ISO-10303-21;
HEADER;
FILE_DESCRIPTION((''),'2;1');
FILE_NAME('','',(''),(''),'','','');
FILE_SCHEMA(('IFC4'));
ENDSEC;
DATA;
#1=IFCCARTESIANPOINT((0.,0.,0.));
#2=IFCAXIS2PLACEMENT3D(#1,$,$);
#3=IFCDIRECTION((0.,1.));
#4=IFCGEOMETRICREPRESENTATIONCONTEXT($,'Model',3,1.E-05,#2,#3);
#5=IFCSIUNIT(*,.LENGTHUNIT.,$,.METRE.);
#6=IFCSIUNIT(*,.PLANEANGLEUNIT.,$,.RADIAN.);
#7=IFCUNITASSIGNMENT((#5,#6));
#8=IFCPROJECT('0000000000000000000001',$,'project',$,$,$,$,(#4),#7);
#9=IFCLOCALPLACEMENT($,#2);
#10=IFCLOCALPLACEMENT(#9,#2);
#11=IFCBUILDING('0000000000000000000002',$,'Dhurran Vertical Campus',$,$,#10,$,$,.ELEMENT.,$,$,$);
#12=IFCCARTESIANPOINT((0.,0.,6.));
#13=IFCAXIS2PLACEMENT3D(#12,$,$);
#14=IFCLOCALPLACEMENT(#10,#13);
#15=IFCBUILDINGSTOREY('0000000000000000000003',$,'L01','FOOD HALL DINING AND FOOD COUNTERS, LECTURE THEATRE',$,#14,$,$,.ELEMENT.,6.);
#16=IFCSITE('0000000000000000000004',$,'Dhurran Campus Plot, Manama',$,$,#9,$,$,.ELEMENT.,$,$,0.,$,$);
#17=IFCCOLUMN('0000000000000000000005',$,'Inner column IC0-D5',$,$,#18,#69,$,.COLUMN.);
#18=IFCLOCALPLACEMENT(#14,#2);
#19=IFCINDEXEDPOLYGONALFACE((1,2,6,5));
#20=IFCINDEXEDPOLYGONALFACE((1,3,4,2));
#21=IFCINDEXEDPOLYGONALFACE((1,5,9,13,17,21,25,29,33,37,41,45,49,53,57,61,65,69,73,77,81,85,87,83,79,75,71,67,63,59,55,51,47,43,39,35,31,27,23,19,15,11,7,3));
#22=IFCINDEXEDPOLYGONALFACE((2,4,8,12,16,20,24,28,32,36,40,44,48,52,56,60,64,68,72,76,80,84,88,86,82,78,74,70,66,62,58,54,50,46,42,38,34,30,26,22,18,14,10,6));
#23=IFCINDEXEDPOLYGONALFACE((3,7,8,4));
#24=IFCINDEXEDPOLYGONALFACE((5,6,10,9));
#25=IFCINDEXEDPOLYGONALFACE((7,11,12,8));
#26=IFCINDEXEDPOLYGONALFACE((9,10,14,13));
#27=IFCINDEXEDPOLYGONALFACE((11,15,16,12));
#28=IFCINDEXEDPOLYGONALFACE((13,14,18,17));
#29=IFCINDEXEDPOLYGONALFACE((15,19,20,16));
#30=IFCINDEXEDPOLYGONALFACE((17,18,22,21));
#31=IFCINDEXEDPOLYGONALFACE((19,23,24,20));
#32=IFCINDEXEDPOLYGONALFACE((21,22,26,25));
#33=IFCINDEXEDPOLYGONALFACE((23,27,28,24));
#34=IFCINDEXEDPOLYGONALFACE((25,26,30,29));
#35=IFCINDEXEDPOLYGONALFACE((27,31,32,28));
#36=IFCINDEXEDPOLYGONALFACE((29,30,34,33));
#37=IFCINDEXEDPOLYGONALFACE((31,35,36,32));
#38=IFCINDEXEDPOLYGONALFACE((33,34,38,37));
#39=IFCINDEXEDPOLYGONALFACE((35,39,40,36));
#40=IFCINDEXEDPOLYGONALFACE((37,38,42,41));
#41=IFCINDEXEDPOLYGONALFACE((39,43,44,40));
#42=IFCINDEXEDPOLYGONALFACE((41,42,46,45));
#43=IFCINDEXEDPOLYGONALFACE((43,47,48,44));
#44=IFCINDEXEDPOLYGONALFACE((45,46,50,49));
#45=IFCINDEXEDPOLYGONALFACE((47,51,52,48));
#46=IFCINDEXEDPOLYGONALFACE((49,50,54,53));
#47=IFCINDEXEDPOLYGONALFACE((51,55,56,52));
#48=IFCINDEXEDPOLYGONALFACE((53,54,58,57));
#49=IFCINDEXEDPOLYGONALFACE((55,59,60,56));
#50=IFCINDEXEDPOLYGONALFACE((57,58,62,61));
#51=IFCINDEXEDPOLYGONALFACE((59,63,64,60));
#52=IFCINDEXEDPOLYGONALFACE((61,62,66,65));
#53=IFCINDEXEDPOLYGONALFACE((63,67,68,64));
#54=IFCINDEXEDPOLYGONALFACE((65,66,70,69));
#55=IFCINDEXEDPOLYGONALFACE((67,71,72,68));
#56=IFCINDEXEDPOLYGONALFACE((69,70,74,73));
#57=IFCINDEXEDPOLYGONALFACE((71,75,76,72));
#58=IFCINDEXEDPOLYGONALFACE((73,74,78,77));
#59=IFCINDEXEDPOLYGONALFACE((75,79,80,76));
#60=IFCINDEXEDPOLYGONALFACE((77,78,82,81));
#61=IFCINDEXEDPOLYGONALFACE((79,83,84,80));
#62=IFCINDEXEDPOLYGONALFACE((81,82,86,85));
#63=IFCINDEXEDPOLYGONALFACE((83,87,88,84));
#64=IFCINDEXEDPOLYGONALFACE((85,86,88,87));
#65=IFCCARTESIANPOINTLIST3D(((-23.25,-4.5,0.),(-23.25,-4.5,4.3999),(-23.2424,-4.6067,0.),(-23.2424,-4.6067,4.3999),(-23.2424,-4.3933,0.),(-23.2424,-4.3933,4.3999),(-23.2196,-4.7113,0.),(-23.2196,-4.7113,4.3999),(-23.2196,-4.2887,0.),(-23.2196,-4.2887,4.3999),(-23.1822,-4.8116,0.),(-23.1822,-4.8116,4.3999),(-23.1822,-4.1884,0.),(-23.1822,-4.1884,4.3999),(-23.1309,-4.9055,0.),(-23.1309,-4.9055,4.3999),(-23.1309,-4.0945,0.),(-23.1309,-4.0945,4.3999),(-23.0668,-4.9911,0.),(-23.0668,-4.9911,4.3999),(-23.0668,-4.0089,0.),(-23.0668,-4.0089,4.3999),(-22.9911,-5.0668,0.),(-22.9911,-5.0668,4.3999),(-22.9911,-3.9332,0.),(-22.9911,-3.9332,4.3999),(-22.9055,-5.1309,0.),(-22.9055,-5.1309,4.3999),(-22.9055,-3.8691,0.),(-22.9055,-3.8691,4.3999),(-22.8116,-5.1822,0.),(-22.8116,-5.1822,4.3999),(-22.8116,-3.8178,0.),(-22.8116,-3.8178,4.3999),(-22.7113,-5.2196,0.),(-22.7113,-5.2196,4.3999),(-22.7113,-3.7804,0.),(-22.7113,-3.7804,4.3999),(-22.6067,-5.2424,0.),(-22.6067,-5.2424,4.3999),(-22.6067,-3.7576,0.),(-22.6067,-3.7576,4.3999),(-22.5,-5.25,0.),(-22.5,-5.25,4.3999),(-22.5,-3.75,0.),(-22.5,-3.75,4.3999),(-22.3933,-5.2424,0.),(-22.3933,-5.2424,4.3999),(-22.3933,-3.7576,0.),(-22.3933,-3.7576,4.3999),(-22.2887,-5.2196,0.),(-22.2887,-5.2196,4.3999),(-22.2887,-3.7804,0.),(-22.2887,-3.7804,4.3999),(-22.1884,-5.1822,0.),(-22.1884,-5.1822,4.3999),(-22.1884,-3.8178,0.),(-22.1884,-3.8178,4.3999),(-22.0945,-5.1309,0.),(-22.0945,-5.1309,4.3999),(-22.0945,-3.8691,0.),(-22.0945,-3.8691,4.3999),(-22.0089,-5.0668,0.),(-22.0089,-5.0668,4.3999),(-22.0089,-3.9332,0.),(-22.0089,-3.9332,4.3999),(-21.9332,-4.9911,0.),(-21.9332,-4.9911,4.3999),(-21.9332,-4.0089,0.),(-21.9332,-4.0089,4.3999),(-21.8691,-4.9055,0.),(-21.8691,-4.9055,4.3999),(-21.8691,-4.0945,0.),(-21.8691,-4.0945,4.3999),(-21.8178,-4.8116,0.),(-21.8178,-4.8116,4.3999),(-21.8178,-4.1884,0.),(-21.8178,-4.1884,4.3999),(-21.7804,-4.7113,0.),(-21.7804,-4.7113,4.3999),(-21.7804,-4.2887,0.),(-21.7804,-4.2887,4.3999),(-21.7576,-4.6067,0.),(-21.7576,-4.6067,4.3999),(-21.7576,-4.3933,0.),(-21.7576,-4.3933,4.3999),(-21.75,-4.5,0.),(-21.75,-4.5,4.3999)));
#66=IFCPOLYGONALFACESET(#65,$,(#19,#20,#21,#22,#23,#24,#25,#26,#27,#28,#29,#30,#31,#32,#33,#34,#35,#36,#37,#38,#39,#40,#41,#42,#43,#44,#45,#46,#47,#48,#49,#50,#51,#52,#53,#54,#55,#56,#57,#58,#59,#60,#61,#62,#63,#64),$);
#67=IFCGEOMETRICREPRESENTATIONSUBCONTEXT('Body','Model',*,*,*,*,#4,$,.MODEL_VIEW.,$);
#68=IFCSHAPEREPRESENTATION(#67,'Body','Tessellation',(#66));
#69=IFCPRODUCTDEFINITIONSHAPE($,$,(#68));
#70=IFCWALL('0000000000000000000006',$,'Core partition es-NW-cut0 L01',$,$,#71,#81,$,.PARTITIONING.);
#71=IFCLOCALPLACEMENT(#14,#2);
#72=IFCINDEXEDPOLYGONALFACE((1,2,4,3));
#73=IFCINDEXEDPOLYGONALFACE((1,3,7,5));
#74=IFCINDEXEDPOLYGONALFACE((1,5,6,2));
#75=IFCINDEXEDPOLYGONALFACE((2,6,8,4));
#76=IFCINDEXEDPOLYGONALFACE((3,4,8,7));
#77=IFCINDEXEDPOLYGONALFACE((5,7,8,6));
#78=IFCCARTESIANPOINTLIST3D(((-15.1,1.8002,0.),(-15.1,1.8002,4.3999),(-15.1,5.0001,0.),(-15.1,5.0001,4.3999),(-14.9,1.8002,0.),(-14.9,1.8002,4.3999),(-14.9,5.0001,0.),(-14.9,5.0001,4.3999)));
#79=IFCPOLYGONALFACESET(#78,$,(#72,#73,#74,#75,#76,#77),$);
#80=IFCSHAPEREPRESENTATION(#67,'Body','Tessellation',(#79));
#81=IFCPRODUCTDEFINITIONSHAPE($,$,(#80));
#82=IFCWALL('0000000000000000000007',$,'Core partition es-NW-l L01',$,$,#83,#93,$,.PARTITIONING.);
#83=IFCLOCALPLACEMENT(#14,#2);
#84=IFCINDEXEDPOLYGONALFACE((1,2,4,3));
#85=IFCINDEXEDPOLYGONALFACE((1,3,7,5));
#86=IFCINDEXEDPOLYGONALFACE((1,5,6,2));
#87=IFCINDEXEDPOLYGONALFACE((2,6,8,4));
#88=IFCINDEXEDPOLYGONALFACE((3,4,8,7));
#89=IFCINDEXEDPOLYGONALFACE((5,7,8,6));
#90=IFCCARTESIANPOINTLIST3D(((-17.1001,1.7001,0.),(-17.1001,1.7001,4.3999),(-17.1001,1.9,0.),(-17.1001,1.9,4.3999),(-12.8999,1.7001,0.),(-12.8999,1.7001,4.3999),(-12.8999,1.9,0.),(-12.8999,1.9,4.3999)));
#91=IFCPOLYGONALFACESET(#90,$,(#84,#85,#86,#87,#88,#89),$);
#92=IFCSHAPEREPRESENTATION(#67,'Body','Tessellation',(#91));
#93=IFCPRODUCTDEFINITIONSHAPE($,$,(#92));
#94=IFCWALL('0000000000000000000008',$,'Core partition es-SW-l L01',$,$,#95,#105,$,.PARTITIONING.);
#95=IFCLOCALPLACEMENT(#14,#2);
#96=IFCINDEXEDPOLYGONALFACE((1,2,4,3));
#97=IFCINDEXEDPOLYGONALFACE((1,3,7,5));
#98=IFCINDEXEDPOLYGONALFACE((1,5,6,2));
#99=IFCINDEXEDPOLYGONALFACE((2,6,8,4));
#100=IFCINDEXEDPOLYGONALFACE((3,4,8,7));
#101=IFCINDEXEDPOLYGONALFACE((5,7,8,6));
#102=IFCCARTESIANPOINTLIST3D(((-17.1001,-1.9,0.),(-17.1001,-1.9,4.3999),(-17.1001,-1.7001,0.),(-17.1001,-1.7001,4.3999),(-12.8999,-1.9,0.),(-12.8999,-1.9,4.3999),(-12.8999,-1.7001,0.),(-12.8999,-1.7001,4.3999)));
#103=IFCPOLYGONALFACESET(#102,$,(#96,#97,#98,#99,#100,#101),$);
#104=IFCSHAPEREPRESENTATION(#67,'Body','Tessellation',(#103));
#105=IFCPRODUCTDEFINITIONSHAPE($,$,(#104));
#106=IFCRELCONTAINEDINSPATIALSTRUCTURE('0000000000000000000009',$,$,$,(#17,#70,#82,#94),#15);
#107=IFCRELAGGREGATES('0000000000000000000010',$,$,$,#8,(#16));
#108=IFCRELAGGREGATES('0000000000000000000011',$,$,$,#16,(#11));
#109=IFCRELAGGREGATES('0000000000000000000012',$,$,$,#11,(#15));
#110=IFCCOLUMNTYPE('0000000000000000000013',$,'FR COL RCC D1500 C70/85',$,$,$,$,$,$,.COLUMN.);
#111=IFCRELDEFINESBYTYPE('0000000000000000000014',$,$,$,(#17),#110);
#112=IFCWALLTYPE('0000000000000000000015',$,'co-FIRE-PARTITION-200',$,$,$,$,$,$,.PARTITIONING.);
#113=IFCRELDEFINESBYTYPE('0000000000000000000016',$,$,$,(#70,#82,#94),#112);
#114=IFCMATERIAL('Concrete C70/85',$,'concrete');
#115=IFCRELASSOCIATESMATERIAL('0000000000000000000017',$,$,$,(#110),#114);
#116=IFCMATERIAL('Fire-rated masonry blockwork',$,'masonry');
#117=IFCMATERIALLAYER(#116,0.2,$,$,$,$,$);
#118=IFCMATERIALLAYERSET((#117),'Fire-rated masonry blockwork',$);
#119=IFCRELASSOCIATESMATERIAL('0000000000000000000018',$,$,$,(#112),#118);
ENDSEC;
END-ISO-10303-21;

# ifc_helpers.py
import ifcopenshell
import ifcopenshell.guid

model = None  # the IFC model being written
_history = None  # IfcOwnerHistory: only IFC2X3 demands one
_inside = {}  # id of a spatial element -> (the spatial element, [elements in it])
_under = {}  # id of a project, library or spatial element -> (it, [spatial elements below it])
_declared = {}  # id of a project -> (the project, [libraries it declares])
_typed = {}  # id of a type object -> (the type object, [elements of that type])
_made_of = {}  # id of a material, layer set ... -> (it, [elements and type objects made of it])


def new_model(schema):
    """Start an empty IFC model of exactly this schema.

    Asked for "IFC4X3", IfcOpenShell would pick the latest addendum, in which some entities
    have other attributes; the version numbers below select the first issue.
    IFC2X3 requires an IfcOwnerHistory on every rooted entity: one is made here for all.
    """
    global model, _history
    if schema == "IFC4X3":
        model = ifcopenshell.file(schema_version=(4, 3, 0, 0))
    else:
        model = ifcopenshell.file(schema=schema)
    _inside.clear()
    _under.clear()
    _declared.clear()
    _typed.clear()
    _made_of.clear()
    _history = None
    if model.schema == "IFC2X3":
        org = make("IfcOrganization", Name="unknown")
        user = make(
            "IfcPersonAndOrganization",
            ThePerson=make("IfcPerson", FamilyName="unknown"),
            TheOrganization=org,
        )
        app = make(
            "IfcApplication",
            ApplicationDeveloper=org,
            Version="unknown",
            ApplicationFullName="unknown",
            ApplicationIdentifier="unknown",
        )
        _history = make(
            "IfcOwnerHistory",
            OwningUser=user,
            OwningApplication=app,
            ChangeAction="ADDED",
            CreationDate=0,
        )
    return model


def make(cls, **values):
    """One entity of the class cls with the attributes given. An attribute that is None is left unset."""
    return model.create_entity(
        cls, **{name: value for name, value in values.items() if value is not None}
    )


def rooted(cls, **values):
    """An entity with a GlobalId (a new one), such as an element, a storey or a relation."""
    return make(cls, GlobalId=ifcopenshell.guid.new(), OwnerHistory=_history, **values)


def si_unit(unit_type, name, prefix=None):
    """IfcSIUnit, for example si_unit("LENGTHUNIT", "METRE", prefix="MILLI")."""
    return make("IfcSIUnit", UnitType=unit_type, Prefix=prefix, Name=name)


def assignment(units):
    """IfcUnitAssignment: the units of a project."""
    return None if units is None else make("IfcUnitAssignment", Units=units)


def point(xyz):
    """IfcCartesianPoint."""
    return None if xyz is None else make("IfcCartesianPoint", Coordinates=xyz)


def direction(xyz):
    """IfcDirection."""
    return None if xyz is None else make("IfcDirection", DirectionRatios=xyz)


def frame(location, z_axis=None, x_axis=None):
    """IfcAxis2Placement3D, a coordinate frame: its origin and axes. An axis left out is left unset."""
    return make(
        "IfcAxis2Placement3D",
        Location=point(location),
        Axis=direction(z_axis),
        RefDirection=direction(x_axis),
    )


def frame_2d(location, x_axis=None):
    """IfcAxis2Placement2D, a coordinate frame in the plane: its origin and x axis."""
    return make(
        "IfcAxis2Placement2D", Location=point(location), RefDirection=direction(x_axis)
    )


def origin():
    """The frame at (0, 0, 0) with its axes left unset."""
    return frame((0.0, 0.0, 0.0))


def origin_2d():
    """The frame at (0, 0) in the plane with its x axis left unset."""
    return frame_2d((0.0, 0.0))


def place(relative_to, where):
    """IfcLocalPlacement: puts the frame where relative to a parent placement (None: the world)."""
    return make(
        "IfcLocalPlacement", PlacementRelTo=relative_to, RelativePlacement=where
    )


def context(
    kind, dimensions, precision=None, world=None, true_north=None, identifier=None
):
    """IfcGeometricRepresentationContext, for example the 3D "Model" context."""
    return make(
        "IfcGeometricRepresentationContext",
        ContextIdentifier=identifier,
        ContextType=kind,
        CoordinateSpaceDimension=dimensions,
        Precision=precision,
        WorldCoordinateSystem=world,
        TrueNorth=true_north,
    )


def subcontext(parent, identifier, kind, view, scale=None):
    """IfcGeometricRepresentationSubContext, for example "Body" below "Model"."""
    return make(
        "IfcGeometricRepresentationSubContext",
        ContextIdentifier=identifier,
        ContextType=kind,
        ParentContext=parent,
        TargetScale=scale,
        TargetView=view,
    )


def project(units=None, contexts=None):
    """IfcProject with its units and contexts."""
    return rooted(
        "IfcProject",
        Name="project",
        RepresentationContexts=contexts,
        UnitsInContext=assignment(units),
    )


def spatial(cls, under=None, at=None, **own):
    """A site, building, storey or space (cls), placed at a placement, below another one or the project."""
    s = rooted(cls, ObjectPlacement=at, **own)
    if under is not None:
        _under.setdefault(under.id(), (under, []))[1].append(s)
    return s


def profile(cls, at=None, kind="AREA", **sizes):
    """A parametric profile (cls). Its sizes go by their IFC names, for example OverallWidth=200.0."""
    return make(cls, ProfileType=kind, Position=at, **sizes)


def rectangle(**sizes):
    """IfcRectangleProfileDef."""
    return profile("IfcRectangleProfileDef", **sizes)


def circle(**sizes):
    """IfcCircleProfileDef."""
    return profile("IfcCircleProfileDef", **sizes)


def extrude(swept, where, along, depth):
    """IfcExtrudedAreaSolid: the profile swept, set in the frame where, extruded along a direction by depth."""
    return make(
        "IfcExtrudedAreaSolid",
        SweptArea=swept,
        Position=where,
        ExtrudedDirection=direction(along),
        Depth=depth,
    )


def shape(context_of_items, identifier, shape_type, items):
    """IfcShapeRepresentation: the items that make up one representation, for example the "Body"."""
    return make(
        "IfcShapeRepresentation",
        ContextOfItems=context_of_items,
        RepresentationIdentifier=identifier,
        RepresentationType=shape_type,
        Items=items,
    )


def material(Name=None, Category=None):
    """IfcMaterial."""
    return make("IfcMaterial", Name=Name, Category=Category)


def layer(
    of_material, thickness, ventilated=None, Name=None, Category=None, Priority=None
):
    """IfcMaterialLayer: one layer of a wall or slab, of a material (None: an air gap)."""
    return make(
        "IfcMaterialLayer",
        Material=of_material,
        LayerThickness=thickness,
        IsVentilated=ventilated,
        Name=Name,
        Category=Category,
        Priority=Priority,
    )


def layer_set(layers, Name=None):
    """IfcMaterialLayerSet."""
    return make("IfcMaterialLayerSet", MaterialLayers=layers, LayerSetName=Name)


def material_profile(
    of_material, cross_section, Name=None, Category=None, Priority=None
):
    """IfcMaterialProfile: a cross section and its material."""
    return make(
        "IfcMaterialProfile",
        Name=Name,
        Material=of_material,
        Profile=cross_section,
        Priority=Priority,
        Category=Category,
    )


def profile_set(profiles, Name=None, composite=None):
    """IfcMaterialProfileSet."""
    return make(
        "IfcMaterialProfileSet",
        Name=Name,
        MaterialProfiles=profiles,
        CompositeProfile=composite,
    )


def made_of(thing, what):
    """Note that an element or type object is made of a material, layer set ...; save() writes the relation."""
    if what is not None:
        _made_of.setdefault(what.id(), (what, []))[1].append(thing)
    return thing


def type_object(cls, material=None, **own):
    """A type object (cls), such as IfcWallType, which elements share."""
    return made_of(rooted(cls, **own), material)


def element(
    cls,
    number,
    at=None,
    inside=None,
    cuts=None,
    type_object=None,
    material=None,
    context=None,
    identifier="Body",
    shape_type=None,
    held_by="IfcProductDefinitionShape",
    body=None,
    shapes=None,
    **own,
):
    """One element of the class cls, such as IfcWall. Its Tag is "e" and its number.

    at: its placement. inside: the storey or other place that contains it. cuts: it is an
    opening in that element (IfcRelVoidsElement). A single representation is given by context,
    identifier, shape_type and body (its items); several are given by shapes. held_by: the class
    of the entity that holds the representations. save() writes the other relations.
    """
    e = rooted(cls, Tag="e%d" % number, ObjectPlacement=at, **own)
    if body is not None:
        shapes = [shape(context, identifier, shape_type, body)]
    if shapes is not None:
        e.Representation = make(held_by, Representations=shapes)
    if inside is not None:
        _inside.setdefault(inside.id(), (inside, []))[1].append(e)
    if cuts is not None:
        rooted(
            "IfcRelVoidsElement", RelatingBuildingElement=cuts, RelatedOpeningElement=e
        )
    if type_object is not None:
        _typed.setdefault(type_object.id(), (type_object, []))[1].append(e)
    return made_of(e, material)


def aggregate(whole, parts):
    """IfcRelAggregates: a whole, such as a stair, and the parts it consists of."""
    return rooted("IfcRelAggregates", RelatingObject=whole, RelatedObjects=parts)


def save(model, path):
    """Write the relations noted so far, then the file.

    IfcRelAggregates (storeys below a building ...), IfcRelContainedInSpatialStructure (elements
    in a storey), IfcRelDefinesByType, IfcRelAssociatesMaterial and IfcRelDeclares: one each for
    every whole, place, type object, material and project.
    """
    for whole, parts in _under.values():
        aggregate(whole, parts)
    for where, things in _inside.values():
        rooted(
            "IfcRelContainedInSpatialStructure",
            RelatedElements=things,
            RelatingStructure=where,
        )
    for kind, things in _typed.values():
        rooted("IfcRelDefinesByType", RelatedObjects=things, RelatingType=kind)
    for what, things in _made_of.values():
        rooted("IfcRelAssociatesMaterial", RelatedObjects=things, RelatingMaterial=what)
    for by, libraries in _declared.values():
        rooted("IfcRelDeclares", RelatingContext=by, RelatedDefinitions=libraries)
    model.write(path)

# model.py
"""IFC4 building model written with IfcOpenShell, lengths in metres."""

from ifc_helpers import new_model, si_unit, direction, frame, frame_2d, origin, origin_2d, place, context, subcontext, project, spatial, rectangle, circle, extrude, material, layer, layer_set, material_profile, profile_set, type_object, element, save


model = new_model("IFC4")

# Units and contexts
model_context = context("Model", 3, precision=1e-05, world=origin(), true_north=direction((0.0, 1.0)))
body_context = subcontext(model_context, "Body", "Model", "MODEL_VIEW")
ifc_project = project(units=[si_unit("LENGTHUNIT", "METRE"), si_unit("PLANEANGLEUNIT", "RADIAN")], contexts=[model_context])

# Site, building, storey
site_placement = place(None, origin())
site = spatial("IfcSite", under=ifc_project, at=site_placement, Name="Dhurran Campus Plot, Manama", CompositionType="ELEMENT", RefElevation=0.0)
building_placement = place(site_placement, origin())
building = spatial("IfcBuilding", under=site, at=building_placement, Name="Dhurran Vertical Campus", CompositionType="ELEMENT")
storey_placement = place(building_placement, frame((0.0, 0.0, 6.0)))
storey = spatial("IfcBuildingStorey", under=building, at=storey_placement, Name="L01", Description="FOOD HALL DINING AND FOOD COUNTERS, LECTURE THEATRE", CompositionType="ELEMENT", Elevation=6.0)

# Column
ifc_material_1 = material(Name="Concrete C70/85", Category="concrete")
ifc_material_profile = material_profile(ifc_material_1, circle(Radius=0.75, at=origin_2d()), Name="RCC D1500")
ifc_profile_set = profile_set([ifc_material_profile], Name="Concrete C70/85")
column_type = type_object("IfcColumnType", Name="FR COL RCC D1500 C70/85", PredefinedType="COLUMN", material=ifc_profile_set)
column_placement = place(storey_placement, frame((-22.5, -4.5, 0.0), z_axis=(0.0, 0.0, 1.0), x_axis=(1.0, 0.0, 0.0)))
element("IfcColumn", 1, at=column_placement, inside=storey, type_object=column_type, Name="Inner column IC0-D5", PredefinedType="COLUMN", context=body_context, shape_type="SweptSolid", body=[
    extrude(circle(Radius=0.75, at=origin_2d()), origin(), (0.0, 0.0, 1.0), 4.3999),
])

# Walls
ifc_material_2 = material(Name="Fire-rated masonry blockwork", Category="masonry")
ifc_layer_1 = layer(ifc_material_2, 0.2)
ifc_layer_set_1 = layer_set([ifc_layer_1], Name="Fire-rated masonry blockwork")
wall_type_1 = type_object("IfcWallType", Name="co-FIRE-PARTITION-200", PredefinedType="PARTITIONING", material=ifc_layer_set_1)
wall_1_placement = place(storey_placement, frame((-15.0, 1.8, 0.0), z_axis=(0.0, 0.0, 1.0), x_axis=(0.0, 1.0, 0.0)))
element("IfcWall", 2, at=wall_1_placement, inside=storey, type_object=wall_type_1, Name="Core partition es-NW-cut0 L01", PredefinedType="PARTITIONING", context=body_context, shape_type="SweptSolid", body=[
    extrude(rectangle(XDim=3.2, YDim=0.2, at=frame_2d((1.6001, 0.0))), origin(), (0.0, 0.0, 1.0), 4.3999),
])
for number, where, z_axis, x_axis, name in (
    (3, (-17.1001, 1.8, 0.0), (0.0, 0.0, 1.0), (1.0, 0.0, 0.0), "Core partition es-NW-l L01"),
    (4, (-17.1001, -1.8, 0.0), (0.0, 0.0, 1.0), (1.0, 0.0, 0.0), "Core partition es-SW-l L01"),
):
    element("IfcWall", number, at=place(storey_placement, frame(where, z_axis=z_axis, x_axis=x_axis)), inside=storey, type_object=wall_type_1, Name=name, PredefinedType="PARTITIONING", context=body_context, shape_type="SweptSolid", body=[
        extrude(rectangle(XDim=4.2002, YDim=0.2, at=frame_2d((2.1001, 0.0))), origin(), (0.0, 0.0, 1.0), 4.3999),
    ])

save(model, "model.ifc")
